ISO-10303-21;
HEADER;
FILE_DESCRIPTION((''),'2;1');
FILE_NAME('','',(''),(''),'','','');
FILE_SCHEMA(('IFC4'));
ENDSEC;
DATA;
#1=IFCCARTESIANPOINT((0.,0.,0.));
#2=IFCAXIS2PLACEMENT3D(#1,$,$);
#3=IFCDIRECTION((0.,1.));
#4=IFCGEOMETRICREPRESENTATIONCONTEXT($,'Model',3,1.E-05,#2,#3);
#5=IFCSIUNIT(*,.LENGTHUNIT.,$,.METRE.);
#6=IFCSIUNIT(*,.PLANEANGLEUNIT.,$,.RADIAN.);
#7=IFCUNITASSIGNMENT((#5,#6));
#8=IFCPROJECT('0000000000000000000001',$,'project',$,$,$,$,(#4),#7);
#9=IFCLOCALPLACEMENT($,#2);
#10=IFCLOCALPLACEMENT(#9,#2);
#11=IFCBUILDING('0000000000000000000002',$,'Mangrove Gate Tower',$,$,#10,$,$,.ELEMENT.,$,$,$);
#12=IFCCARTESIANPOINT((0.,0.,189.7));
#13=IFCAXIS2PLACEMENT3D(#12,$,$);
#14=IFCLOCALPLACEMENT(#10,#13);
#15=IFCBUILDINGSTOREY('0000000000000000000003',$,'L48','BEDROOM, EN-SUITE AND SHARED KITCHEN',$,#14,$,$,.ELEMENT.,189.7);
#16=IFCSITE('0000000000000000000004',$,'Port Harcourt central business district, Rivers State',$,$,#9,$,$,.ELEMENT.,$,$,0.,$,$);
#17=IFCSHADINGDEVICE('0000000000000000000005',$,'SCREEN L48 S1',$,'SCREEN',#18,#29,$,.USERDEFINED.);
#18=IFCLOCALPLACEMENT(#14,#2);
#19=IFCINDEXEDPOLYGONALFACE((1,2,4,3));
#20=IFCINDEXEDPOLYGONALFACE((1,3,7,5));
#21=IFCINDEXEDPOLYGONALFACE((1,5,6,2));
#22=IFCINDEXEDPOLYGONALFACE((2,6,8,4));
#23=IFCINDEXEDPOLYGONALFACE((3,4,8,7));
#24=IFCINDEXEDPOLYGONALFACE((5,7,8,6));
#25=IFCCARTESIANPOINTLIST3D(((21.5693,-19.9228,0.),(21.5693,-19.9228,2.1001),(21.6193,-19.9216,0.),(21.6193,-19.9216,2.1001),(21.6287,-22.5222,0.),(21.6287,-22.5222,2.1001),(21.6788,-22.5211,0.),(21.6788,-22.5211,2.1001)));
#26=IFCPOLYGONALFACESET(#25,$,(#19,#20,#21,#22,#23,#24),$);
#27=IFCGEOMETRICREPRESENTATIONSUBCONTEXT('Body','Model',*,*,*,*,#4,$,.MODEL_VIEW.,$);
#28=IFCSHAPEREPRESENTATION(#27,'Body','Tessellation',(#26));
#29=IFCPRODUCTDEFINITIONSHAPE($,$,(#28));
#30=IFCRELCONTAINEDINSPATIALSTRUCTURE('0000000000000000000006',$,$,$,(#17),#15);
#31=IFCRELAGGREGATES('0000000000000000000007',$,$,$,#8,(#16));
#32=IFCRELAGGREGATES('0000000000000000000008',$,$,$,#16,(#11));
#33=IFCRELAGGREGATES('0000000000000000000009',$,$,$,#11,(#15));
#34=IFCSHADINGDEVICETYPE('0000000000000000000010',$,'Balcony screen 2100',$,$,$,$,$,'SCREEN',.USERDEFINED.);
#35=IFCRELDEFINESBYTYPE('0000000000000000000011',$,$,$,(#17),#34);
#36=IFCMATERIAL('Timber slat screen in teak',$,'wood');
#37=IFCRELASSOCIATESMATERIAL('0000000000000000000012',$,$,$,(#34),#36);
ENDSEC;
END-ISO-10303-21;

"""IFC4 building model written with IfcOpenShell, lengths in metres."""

from ifc_helpers import new_model, si_unit, direction, frame, origin, origin_2d, place, context, subcontext, project, spatial, rectangle, extrude, material, type_object, element, save


model = new_model("IFC4")

# Units and contexts
model_context = context("Model", 3, precision=1e-05, world=origin(), true_north=direction((0.0, 1.0)))
body_context = subcontext(model_context, "Body", "Model", "MODEL_VIEW")
ifc_project = project(units=[si_unit("LENGTHUNIT", "METRE"), si_unit("PLANEANGLEUNIT", "RADIAN")], contexts=[model_context])

# Site, building, storey
site_placement = place(None, origin())
site = spatial("IfcSite", under=ifc_project, at=site_placement, Name="Port Harcourt central business district, Rivers State", CompositionType="ELEMENT", RefElevation=0.0)
building_placement = place(site_placement, origin())
building = spatial("IfcBuilding", under=site, at=building_placement, Name="Mangrove Gate Tower", CompositionType="ELEMENT")
storey_placement = place(building_placement, frame((0.0, 0.0, 189.7)))
storey = spatial("IfcBuildingStorey", under=building, at=storey_placement, Name="L48", Description="BEDROOM, EN-SUITE AND SHARED KITCHEN", CompositionType="ELEMENT", Elevation=189.7)

# Shading device
ifc_material_1 = material(Name="Timber slat screen in teak", Category="wood")
shading_device_type = type_object("IfcShadingDeviceType", Name="Balcony screen 2100", ElementType="SCREEN", PredefinedType="USERDEFINED", material=ifc_material_1)
shading_device_placement = place(storey_placement, frame((21.624, -21.2219, 0.0), z_axis=(0.0, 0.0, 1.0), x_axis=(0.022862, -0.999739, 0.0)))
element("IfcShadingDevice", 1, at=shading_device_placement, inside=storey, type_object=shading_device_type, Name="SCREEN L48 S1", ObjectType="SCREEN", PredefinedType="USERDEFINED", context=body_context, shape_type="SweptSolid", body=[
    extrude(rectangle(XDim=2.6001, YDim=0.05, at=origin_2d()), origin(), (0.0, 0.0, 1.0), 2.1001),
])

save(model, "model.ifc")
